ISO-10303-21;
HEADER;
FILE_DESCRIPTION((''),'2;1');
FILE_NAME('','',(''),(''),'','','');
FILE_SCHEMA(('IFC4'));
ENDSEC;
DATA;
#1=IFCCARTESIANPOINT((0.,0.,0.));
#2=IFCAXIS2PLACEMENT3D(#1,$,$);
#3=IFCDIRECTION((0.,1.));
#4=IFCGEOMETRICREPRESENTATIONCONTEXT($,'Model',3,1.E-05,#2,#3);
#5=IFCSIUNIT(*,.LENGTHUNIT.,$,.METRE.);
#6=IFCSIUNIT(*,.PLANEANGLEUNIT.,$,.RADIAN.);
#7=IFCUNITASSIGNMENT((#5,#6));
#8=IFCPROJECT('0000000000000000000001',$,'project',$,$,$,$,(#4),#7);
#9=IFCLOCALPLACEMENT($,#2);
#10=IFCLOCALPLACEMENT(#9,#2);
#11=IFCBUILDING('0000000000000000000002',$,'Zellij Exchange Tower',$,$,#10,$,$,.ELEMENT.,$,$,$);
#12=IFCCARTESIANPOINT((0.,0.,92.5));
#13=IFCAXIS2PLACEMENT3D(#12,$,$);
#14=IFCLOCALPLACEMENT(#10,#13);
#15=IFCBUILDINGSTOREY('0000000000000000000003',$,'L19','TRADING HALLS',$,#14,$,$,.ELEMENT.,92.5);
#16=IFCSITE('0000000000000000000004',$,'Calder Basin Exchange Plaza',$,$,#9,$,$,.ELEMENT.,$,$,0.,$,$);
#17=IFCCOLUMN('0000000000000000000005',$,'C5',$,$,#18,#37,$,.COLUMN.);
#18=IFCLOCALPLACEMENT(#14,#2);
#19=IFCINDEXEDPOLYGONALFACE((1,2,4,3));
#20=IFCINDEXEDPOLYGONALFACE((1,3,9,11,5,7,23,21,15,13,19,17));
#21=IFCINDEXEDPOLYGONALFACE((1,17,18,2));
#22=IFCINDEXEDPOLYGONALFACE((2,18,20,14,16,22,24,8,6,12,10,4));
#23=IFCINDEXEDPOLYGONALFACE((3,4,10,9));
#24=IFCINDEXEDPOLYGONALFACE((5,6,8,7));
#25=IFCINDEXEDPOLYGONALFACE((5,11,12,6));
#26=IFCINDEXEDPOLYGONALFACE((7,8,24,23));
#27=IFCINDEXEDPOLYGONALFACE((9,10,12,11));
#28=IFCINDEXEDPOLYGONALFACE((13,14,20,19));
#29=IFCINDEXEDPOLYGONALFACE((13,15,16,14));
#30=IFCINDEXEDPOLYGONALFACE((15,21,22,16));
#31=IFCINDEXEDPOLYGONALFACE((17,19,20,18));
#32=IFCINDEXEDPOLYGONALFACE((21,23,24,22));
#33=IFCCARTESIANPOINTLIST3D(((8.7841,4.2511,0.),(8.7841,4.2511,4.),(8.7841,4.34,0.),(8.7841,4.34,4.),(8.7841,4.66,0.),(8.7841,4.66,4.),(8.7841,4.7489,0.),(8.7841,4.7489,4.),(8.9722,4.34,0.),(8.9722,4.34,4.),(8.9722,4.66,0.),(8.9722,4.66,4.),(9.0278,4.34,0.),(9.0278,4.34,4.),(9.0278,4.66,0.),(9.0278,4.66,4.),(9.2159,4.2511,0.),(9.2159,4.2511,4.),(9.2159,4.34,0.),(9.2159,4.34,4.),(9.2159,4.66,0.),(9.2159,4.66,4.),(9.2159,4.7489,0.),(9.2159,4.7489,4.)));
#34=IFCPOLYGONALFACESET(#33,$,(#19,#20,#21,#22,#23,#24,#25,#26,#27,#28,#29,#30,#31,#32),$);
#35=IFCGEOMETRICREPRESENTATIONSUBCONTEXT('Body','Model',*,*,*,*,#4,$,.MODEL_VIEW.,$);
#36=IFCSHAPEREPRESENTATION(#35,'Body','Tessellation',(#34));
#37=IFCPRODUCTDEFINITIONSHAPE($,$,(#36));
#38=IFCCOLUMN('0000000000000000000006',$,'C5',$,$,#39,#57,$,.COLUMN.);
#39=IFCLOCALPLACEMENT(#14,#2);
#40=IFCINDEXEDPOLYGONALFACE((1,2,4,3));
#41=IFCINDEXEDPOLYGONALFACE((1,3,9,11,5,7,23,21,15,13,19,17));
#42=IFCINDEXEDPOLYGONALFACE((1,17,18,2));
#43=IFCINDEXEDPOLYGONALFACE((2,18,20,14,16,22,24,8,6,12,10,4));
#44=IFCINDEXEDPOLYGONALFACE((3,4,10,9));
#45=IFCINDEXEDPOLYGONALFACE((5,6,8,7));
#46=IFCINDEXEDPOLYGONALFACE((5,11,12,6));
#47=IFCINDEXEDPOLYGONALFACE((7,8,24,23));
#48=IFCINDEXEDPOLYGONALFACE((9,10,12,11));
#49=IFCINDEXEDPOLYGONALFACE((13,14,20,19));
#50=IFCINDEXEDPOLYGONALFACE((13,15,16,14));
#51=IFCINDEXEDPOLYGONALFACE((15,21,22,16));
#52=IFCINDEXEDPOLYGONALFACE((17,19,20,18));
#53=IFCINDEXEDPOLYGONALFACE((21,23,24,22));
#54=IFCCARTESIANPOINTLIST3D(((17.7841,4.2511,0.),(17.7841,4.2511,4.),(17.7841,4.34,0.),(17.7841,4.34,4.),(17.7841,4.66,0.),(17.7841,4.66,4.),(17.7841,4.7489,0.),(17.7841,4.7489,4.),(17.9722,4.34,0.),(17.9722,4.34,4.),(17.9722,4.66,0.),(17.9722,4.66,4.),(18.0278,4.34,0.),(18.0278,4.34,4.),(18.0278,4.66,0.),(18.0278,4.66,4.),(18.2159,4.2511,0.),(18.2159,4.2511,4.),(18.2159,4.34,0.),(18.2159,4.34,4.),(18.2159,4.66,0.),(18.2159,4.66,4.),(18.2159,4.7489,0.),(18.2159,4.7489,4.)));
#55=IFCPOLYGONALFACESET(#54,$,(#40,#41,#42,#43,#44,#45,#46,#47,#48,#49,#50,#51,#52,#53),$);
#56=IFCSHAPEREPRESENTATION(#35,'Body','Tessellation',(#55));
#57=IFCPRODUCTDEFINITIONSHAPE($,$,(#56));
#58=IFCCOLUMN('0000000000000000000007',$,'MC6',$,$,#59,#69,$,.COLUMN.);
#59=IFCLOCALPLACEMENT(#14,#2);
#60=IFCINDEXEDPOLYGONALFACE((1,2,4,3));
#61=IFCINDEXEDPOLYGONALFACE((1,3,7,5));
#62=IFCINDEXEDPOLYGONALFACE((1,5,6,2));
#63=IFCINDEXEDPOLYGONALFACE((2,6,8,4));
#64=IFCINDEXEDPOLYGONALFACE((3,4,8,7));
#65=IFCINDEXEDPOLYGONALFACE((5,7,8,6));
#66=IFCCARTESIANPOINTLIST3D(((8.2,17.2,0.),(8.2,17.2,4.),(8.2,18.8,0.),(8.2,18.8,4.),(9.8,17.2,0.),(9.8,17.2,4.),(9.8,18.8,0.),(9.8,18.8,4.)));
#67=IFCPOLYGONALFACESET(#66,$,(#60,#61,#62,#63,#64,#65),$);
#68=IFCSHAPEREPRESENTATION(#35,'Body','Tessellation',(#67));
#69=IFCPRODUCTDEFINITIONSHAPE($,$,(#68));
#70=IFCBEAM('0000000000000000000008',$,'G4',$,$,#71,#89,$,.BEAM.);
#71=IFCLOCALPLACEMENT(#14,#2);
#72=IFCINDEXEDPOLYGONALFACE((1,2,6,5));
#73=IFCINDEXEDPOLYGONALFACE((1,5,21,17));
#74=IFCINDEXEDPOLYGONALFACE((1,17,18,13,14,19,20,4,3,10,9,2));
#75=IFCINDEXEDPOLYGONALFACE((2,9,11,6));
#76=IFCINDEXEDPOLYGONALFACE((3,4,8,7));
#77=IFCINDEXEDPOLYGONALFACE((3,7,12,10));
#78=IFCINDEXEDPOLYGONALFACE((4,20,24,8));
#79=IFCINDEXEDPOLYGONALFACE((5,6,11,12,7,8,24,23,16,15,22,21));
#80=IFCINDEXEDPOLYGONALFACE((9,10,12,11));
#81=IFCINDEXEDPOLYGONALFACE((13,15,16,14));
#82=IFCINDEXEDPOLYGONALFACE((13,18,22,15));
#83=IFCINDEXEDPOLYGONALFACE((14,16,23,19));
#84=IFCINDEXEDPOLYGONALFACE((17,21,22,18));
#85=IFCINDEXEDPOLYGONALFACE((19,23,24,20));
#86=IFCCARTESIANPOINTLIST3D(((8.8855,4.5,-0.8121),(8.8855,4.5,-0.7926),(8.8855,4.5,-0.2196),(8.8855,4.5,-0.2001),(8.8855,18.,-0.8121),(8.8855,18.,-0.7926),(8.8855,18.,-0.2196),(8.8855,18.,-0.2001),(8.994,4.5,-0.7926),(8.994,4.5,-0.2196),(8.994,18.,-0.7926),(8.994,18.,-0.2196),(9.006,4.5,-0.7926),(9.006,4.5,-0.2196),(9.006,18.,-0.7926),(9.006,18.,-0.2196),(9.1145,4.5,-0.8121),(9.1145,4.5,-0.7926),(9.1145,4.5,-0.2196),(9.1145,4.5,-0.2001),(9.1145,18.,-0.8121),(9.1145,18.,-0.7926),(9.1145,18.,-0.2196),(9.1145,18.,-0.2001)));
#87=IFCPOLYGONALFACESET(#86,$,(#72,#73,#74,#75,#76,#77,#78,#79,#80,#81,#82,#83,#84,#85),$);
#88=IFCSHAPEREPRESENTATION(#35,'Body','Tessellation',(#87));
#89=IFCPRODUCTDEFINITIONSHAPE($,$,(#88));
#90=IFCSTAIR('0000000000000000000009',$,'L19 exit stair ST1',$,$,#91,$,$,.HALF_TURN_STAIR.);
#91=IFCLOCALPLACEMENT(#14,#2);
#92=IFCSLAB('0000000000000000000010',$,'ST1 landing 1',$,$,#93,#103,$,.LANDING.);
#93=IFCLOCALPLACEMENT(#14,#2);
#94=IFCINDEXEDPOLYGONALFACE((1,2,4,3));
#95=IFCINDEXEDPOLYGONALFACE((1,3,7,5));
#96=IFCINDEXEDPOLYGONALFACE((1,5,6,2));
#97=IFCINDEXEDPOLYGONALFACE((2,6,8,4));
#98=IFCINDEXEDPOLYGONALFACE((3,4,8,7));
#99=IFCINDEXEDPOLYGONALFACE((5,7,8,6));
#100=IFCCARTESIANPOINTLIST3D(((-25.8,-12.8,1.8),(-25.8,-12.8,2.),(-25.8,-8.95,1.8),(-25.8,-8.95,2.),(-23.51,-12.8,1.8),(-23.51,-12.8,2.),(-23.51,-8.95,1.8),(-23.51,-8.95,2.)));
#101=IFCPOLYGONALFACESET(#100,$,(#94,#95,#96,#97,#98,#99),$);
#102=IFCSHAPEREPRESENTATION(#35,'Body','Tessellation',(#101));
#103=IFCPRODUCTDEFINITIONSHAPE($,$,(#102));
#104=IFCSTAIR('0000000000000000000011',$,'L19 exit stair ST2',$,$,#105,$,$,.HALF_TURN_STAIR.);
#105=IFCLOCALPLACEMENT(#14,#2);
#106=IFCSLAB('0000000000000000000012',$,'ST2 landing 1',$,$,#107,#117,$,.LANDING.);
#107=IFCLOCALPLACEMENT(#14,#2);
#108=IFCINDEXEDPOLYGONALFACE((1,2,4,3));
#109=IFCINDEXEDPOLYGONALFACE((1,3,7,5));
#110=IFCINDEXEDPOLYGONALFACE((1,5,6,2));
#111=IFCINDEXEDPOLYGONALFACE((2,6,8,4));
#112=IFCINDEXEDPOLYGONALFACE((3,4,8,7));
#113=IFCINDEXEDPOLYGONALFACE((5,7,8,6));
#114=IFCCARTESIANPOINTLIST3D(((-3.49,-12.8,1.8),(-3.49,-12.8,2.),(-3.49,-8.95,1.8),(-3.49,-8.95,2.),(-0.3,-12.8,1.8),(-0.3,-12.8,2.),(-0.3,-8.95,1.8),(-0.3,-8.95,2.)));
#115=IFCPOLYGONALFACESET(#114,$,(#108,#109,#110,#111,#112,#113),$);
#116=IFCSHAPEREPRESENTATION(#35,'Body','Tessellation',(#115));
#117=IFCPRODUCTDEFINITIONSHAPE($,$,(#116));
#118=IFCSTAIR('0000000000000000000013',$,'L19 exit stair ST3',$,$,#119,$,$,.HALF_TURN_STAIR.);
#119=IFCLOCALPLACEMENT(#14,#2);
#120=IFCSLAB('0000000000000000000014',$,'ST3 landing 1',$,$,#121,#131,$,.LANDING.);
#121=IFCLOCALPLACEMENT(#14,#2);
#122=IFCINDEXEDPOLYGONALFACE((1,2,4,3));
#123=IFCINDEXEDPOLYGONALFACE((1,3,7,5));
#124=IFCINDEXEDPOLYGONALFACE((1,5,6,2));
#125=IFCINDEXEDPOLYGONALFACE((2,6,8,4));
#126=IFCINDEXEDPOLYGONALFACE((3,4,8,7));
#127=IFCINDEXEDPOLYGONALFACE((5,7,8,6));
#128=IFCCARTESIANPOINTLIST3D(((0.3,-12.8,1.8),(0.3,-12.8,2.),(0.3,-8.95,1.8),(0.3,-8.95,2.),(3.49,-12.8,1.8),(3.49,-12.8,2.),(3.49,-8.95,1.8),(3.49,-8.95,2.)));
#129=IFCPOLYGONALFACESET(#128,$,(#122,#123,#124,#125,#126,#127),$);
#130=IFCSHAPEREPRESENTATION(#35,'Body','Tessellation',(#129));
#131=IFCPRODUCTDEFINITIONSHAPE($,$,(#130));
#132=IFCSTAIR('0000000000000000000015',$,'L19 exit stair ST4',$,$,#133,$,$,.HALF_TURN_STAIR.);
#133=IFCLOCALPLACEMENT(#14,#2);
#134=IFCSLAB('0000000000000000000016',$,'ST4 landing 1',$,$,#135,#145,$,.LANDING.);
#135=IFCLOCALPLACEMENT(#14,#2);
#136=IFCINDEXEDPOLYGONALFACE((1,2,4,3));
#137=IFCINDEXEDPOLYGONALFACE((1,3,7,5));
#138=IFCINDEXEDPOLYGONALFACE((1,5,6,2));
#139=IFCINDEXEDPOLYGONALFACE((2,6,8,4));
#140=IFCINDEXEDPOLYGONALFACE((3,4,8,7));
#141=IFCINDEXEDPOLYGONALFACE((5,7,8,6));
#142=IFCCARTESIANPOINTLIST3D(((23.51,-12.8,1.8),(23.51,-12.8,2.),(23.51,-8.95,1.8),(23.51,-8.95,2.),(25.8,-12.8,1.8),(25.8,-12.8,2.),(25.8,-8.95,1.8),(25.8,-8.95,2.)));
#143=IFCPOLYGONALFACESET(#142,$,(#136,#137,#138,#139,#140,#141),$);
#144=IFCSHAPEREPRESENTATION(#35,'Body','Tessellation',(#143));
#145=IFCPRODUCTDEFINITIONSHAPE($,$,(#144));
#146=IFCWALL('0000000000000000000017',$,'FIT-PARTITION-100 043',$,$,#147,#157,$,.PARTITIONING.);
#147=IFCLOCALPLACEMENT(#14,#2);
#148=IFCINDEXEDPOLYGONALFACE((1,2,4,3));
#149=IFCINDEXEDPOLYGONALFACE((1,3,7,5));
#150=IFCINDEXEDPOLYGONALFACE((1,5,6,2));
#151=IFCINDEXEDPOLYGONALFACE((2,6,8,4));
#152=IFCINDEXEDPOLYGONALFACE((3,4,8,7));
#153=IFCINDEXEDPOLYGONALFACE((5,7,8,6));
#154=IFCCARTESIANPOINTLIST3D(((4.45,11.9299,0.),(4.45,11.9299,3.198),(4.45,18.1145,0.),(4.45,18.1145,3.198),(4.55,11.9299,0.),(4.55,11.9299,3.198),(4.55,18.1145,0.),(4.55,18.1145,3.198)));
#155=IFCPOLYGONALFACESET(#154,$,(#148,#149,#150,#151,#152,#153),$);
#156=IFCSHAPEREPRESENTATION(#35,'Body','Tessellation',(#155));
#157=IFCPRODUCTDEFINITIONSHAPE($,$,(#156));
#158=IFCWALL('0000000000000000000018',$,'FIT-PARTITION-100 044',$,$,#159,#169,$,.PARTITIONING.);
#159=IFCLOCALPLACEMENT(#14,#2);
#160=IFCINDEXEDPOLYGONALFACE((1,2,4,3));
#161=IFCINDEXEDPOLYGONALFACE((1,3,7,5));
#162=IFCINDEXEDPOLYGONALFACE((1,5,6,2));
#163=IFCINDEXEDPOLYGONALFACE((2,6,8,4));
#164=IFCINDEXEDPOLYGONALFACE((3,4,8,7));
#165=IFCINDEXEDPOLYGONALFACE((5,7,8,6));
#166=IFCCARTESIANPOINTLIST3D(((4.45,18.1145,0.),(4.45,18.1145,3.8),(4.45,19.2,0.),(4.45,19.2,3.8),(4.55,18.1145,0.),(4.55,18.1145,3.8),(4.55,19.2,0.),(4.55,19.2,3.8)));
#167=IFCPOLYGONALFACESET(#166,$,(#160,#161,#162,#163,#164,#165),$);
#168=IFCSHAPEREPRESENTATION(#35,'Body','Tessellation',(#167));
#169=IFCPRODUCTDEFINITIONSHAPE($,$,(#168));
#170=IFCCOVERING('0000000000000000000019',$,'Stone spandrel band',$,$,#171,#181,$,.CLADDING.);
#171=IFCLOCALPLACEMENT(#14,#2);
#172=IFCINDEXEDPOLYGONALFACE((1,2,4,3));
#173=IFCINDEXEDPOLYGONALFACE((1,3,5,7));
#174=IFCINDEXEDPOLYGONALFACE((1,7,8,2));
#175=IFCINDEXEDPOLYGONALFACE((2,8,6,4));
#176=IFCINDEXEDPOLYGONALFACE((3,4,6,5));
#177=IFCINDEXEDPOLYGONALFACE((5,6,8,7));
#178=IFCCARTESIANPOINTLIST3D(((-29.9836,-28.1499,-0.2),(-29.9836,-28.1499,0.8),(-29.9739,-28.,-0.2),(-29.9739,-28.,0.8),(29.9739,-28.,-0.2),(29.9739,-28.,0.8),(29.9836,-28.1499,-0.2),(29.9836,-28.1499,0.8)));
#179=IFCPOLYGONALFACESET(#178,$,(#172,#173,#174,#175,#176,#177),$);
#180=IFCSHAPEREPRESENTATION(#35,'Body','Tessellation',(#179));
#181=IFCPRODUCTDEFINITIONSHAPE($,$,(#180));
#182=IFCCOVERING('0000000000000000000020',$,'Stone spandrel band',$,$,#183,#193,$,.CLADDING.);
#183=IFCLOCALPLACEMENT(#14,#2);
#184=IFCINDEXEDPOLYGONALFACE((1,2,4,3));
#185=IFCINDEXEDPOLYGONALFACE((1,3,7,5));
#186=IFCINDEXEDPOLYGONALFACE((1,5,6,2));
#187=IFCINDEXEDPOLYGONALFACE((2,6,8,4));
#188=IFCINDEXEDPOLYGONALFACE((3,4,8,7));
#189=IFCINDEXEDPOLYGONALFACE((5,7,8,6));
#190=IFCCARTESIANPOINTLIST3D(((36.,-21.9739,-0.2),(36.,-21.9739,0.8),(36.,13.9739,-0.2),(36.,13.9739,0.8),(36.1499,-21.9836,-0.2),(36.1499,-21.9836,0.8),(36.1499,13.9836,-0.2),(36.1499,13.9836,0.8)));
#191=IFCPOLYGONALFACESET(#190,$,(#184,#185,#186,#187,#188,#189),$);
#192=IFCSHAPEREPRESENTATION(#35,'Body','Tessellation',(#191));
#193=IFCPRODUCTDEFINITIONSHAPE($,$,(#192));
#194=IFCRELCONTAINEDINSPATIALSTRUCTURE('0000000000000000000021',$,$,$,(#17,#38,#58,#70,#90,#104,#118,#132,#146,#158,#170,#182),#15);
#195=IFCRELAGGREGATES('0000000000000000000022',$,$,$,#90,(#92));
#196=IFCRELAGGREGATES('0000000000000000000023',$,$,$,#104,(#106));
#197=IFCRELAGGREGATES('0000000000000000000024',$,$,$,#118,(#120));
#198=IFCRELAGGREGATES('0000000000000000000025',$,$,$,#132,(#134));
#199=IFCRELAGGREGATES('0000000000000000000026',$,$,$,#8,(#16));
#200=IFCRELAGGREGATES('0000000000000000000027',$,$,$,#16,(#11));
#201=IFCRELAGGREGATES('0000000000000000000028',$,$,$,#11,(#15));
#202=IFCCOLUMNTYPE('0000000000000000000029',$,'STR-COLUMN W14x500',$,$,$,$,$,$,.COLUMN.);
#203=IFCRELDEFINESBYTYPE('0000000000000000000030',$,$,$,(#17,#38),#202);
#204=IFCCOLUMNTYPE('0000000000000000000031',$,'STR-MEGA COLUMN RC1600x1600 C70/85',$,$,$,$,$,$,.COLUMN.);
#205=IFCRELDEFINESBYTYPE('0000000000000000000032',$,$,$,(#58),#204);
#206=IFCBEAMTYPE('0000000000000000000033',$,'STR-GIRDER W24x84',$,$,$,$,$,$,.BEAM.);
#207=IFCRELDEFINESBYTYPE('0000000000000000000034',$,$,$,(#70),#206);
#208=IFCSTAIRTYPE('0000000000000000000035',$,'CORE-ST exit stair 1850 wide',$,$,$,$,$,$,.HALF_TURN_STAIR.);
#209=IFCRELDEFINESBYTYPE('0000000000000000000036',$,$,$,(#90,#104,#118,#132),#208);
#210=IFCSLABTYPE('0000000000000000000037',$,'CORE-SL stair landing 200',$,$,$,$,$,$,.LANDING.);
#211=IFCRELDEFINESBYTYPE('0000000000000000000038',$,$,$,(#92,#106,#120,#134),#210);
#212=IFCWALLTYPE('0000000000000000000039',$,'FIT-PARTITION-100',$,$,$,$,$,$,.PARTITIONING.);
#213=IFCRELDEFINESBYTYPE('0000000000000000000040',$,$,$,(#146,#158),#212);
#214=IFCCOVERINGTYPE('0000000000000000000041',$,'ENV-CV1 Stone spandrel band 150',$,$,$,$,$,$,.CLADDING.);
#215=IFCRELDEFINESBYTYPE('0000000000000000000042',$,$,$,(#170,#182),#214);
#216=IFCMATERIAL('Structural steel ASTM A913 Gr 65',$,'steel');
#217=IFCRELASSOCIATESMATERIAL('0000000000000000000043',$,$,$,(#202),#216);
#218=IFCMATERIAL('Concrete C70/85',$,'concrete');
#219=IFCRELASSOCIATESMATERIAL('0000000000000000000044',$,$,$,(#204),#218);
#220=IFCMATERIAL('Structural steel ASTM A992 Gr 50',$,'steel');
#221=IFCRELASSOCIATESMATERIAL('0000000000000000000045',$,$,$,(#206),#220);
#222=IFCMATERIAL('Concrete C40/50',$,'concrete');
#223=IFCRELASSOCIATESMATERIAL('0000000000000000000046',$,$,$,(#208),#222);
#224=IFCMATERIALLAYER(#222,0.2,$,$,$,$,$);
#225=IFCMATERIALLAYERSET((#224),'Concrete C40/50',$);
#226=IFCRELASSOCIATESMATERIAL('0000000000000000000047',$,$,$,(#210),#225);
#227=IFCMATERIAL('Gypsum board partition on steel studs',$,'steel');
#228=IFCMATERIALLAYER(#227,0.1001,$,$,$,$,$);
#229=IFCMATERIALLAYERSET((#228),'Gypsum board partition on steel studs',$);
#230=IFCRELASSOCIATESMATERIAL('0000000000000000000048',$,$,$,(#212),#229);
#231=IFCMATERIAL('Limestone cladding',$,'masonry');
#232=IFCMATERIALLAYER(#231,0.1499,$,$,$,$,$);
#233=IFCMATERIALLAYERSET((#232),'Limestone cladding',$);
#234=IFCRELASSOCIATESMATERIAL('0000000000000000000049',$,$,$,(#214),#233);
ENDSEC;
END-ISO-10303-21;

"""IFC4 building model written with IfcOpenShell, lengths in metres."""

from ifc_helpers import new_model, si_unit, direction, frame, frame_2d, origin, origin_2d, place, context, subcontext, project, spatial, polyline, rectangle, i_section, outline, extrude, material, layer, layer_set, material_profile, profile_set, type_object, element, aggregate, save


model = new_model("IFC4")

# Units and contexts
model_context = context("Model", 3, precision=1e-05, world=origin(), true_north=direction((0.0, 1.0)))
body_context = subcontext(model_context, "Body", "Model", "MODEL_VIEW")
ifc_project = project(units=[si_unit("LENGTHUNIT", "METRE"), si_unit("PLANEANGLEUNIT", "RADIAN")], contexts=[model_context])

# Site, building, storey
site_placement = place(None, origin())
site = spatial("IfcSite", under=ifc_project, at=site_placement, Name="Calder Basin Exchange Plaza", CompositionType="ELEMENT", RefElevation=0.0)
building_placement = place(site_placement, origin())
building = spatial("IfcBuilding", under=site, at=building_placement, Name="Zellij Exchange Tower", CompositionType="ELEMENT")
storey_placement = place(building_placement, frame((0.0, 0.0, 92.5)))
storey = spatial("IfcBuildingStorey", under=building, at=storey_placement, Name="L19", Description="TRADING HALLS", CompositionType="ELEMENT", Elevation=92.5)

# Columns
ifc_material_1 = material(Name="Structural steel ASTM A913 Gr 65", Category="steel")
ifc_material_profile_1 = material_profile(ifc_material_1, i_section(OverallWidth=0.4319, OverallDepth=0.4978, WebThickness=0.0557, FlangeThickness=0.0889, at=origin_2d()), Name="W14x500")
ifc_profile_set_1 = profile_set([ifc_material_profile_1], Name="Structural steel ASTM A913 Gr 65")
column_type_1 = type_object("IfcColumnType", Name="STR-COLUMN W14x500", PredefinedType="COLUMN", material=ifc_profile_set_1)
for number, where, z_axis, x_axis, name in (
    (1, (9.0, 4.5, 0.0), (0.0, 0.0, 1.0), (1.0, 0.0, 0.0), "C5"),
    (2, (18.0, 4.5, 0.0), (0.0, 0.0, 1.0), (1.0, 0.0, 0.0), "C5"),
):
    element("IfcColumn", number, at=place(storey_placement, frame(where, z_axis=z_axis, x_axis=x_axis)), inside=storey, type_object=column_type_1, Name=name, PredefinedType="COLUMN", context=body_context, shape_type="SweptSolid", body=[
        extrude(i_section(OverallWidth=0.4319, OverallDepth=0.4978, WebThickness=0.0557, FlangeThickness=0.0889, at=origin_2d()), origin(), (0.0, 0.0, 1.0), 4.0),
    ])
ifc_material_2 = material(Name="Concrete C70/85", Category="concrete")
ifc_material_profile_2 = material_profile(ifc_material_2, rectangle(XDim=1.6001, YDim=1.6001, at=origin_2d()), Name="STR-MEGA COLUMN RC1600x1600 C70/85")
ifc_profile_set_2 = profile_set([ifc_material_profile_2], Name="Concrete C70/85")
column_type_2 = type_object("IfcColumnType", Name="STR-MEGA COLUMN RC1600x1600 C70/85", PredefinedType="COLUMN", material=ifc_profile_set_2)
column_placement = place(storey_placement, frame((9.0, 18.0, 0.0), z_axis=(0.0, 0.0, 1.0), x_axis=(1.0, 0.0, 0.0)))
element("IfcColumn", 3, at=column_placement, inside=storey, type_object=column_type_2, Name="MC6", PredefinedType="COLUMN", context=body_context, shape_type="SweptSolid", body=[
    extrude(rectangle(XDim=1.6001, YDim=1.6001, at=origin_2d()), origin(), (0.0, 0.0, 1.0), 4.0),
])

# Beam
ifc_material_3 = material(Name="Structural steel ASTM A992 Gr 50", Category="steel")
ifc_material_profile_3 = material_profile(ifc_material_3, i_section(OverallWidth=0.229, OverallDepth=0.6121, WebThickness=0.012, FlangeThickness=0.0195, at=origin_2d()), Name="W24x84")
ifc_profile_set_3 = profile_set([ifc_material_profile_3], Name="Structural steel ASTM A992 Gr 50")
beam_type = type_object("IfcBeamType", Name="STR-GIRDER W24x84", PredefinedType="BEAM", material=ifc_profile_set_3)
beam_placement = place(storey_placement, frame((9.0, 4.5, -0.5061), z_axis=(0.0, 1.0, 0.0), x_axis=(-1.0, 0.0, 0.0)))
element("IfcBeam", 4, at=beam_placement, inside=storey, type_object=beam_type, Name="G4", PredefinedType="BEAM", context=body_context, shape_type="SweptSolid", body=[
    extrude(i_section(OverallWidth=0.229, OverallDepth=0.6121, WebThickness=0.012, FlangeThickness=0.0195, at=origin_2d()), origin(), (0.0, 0.0, 1.0), 13.5),
])

# Stairs, slabs
ifc_material_4 = material(Name="Concrete C40/50", Category="concrete")
stair_type = type_object("IfcStairType", Name="CORE-ST exit stair 1850 wide", PredefinedType="HALF_TURN_STAIR", material=ifc_material_4)
stair_1_placement = place(storey_placement, origin())
stair_1 = element("IfcStair", 5, at=stair_1_placement, inside=storey, type_object=stair_type, Name="L19 exit stair ST1", PredefinedType="HALF_TURN_STAIR")
ifc_layer_1 = layer(ifc_material_4, 0.2)
ifc_layer_set_1 = layer_set([ifc_layer_1], Name="Concrete C40/50")
slab_type = type_object("IfcSlabType", Name="CORE-SL stair landing 200", PredefinedType="LANDING", material=ifc_layer_set_1)
slab_1_placement = place(storey_placement, frame((0.0, 0.0, 1.8)))
slab_1 = element("IfcSlab", 6, at=slab_1_placement, type_object=slab_type, Name="ST1 landing 1", PredefinedType="LANDING", context=body_context, shape_type="SweptSolid", body=[
    extrude(outline(polyline([(-23.51, -8.95), (-25.8, -8.95), (-25.8, -12.8), (-23.51, -12.8), (-23.51, -8.95)])), origin(), (0.0, 0.0, 1.0), 0.2),
])
aggregate(stair_1, [slab_1])
stair_2_placement = place(storey_placement, origin())
stair_2 = element("IfcStair", 7, at=stair_2_placement, inside=storey, type_object=stair_type, Name="L19 exit stair ST2", PredefinedType="HALF_TURN_STAIR")
slab_2_placement = place(storey_placement, frame((0.0, 0.0, 1.8)))
slab_2 = element("IfcSlab", 8, at=slab_2_placement, type_object=slab_type, Name="ST2 landing 1", PredefinedType="LANDING", context=body_context, shape_type="SweptSolid", body=[
    extrude(outline(polyline([(-3.49, -12.8), (-0.3, -12.8), (-0.3, -8.95), (-3.49, -8.95), (-3.49, -12.8)])), origin(), (0.0, 0.0, 1.0), 0.2),
])
aggregate(stair_2, [slab_2])
stair_3_placement = place(storey_placement, origin())
stair_3 = element("IfcStair", 9, at=stair_3_placement, inside=storey, type_object=stair_type, Name="L19 exit stair ST3", PredefinedType="HALF_TURN_STAIR")
slab_3_placement = place(storey_placement, frame((0.0, 0.0, 1.8)))
slab_3 = element("IfcSlab", 10, at=slab_3_placement, type_object=slab_type, Name="ST3 landing 1", PredefinedType="LANDING", context=body_context, shape_type="SweptSolid", body=[
    extrude(outline(polyline([(3.49, -8.95), (0.3, -8.95), (0.3, -12.8), (3.49, -12.8), (3.49, -8.95)])), origin(), (0.0, 0.0, 1.0), 0.2),
])
aggregate(stair_3, [slab_3])
stair_4_placement = place(storey_placement, origin())
stair_4 = element("IfcStair", 11, at=stair_4_placement, inside=storey, type_object=stair_type, Name="L19 exit stair ST4", PredefinedType="HALF_TURN_STAIR")
slab_4_placement = place(storey_placement, frame((0.0, 0.0, 1.8)))
slab_4 = element("IfcSlab", 12, at=slab_4_placement, type_object=slab_type, Name="ST4 landing 1", PredefinedType="LANDING", context=body_context, shape_type="SweptSolid", body=[
    extrude(outline(polyline([(23.51, -12.8), (25.8, -12.8), (25.8, -8.95), (23.51, -8.95), (23.51, -12.8)])), origin(), (0.0, 0.0, 1.0), 0.2),
])
aggregate(stair_4, [slab_4])

# Walls
ifc_material_5 = material(Name="Gypsum board partition on steel studs", Category="steel")
ifc_layer_2 = layer(ifc_material_5, 0.1001)
ifc_layer_set_2 = layer_set([ifc_layer_2], Name="Gypsum board partition on steel studs")
wall_type = type_object("IfcWallType", Name="FIT-PARTITION-100", PredefinedType="PARTITIONING", material=ifc_layer_set_2)
wall_1_placement = place(storey_placement, frame((4.5, 11.9299, 0.0), z_axis=(0.0, 0.0, 1.0), x_axis=(0.0, 1.0, 0.0)))
element("IfcWall", 13, at=wall_1_placement, inside=storey, type_object=wall_type, Name="FIT-PARTITION-100 043", PredefinedType="PARTITIONING", context=body_context, shape_type="SweptSolid", body=[
    extrude(rectangle(XDim=6.1846, YDim=0.1001, at=frame_2d((3.0923, 0.0))), origin(), (0.0, 0.0, 1.0), 3.198),
])
wall_2_placement = place(storey_placement, frame((4.5, 18.1145, 0.0), z_axis=(0.0, 0.0, 1.0), x_axis=(0.0, 1.0, 0.0)))
element("IfcWall", 14, at=wall_2_placement, inside=storey, type_object=wall_type, Name="FIT-PARTITION-100 044", PredefinedType="PARTITIONING", context=body_context, shape_type="SweptSolid", body=[
    extrude(rectangle(XDim=1.0854, YDim=0.1001, at=frame_2d((0.5427, 0.0))), origin(), (0.0, 0.0, 1.0), 3.8),
])

# Coverings
ifc_material_6 = material(Name="Limestone cladding", Category="masonry")
ifc_layer_3 = layer(ifc_material_6, 0.1499)
ifc_layer_set_3 = layer_set([ifc_layer_3], Name="Limestone cladding")
covering_type_1 = type_object("IfcCoveringType", Name="ENV-CV1 Stone spandrel band 150", PredefinedType="CLADDING", material=ifc_layer_set_3)
covering_1_placement = place(storey_placement, frame((0.0, 0.0, -0.2)))
element("IfcCovering", 15, at=covering_1_placement, inside=storey, type_object=covering_type_1, Name="Stone spandrel band", PredefinedType="CLADDING", context=body_context, shape_type="SweptSolid", body=[
    extrude(outline(polyline([(-29.9739, -28.0), (29.9739, -28.0), (29.9836, -28.1499), (-29.9836, -28.1499), (-29.9739, -28.0)])), origin(), (0.0, 0.0, 1.0), 1.0),
])
covering_2_placement = place(storey_placement, frame((0.0, 0.0, -0.2)))
element("IfcCovering", 16, at=covering_2_placement, inside=storey, type_object=covering_type_1, Name="Stone spandrel band", PredefinedType="CLADDING", context=body_context, shape_type="SweptSolid", body=[
    extrude(outline(polyline([(36.0, -21.9739), (36.0, 13.9739), (36.1499, 13.9836), (36.1499, -21.9836), (36.0, -21.9739)])), origin(), (0.0, 0.0, 1.0), 1.0),
])

save(model, "model.ifc")
